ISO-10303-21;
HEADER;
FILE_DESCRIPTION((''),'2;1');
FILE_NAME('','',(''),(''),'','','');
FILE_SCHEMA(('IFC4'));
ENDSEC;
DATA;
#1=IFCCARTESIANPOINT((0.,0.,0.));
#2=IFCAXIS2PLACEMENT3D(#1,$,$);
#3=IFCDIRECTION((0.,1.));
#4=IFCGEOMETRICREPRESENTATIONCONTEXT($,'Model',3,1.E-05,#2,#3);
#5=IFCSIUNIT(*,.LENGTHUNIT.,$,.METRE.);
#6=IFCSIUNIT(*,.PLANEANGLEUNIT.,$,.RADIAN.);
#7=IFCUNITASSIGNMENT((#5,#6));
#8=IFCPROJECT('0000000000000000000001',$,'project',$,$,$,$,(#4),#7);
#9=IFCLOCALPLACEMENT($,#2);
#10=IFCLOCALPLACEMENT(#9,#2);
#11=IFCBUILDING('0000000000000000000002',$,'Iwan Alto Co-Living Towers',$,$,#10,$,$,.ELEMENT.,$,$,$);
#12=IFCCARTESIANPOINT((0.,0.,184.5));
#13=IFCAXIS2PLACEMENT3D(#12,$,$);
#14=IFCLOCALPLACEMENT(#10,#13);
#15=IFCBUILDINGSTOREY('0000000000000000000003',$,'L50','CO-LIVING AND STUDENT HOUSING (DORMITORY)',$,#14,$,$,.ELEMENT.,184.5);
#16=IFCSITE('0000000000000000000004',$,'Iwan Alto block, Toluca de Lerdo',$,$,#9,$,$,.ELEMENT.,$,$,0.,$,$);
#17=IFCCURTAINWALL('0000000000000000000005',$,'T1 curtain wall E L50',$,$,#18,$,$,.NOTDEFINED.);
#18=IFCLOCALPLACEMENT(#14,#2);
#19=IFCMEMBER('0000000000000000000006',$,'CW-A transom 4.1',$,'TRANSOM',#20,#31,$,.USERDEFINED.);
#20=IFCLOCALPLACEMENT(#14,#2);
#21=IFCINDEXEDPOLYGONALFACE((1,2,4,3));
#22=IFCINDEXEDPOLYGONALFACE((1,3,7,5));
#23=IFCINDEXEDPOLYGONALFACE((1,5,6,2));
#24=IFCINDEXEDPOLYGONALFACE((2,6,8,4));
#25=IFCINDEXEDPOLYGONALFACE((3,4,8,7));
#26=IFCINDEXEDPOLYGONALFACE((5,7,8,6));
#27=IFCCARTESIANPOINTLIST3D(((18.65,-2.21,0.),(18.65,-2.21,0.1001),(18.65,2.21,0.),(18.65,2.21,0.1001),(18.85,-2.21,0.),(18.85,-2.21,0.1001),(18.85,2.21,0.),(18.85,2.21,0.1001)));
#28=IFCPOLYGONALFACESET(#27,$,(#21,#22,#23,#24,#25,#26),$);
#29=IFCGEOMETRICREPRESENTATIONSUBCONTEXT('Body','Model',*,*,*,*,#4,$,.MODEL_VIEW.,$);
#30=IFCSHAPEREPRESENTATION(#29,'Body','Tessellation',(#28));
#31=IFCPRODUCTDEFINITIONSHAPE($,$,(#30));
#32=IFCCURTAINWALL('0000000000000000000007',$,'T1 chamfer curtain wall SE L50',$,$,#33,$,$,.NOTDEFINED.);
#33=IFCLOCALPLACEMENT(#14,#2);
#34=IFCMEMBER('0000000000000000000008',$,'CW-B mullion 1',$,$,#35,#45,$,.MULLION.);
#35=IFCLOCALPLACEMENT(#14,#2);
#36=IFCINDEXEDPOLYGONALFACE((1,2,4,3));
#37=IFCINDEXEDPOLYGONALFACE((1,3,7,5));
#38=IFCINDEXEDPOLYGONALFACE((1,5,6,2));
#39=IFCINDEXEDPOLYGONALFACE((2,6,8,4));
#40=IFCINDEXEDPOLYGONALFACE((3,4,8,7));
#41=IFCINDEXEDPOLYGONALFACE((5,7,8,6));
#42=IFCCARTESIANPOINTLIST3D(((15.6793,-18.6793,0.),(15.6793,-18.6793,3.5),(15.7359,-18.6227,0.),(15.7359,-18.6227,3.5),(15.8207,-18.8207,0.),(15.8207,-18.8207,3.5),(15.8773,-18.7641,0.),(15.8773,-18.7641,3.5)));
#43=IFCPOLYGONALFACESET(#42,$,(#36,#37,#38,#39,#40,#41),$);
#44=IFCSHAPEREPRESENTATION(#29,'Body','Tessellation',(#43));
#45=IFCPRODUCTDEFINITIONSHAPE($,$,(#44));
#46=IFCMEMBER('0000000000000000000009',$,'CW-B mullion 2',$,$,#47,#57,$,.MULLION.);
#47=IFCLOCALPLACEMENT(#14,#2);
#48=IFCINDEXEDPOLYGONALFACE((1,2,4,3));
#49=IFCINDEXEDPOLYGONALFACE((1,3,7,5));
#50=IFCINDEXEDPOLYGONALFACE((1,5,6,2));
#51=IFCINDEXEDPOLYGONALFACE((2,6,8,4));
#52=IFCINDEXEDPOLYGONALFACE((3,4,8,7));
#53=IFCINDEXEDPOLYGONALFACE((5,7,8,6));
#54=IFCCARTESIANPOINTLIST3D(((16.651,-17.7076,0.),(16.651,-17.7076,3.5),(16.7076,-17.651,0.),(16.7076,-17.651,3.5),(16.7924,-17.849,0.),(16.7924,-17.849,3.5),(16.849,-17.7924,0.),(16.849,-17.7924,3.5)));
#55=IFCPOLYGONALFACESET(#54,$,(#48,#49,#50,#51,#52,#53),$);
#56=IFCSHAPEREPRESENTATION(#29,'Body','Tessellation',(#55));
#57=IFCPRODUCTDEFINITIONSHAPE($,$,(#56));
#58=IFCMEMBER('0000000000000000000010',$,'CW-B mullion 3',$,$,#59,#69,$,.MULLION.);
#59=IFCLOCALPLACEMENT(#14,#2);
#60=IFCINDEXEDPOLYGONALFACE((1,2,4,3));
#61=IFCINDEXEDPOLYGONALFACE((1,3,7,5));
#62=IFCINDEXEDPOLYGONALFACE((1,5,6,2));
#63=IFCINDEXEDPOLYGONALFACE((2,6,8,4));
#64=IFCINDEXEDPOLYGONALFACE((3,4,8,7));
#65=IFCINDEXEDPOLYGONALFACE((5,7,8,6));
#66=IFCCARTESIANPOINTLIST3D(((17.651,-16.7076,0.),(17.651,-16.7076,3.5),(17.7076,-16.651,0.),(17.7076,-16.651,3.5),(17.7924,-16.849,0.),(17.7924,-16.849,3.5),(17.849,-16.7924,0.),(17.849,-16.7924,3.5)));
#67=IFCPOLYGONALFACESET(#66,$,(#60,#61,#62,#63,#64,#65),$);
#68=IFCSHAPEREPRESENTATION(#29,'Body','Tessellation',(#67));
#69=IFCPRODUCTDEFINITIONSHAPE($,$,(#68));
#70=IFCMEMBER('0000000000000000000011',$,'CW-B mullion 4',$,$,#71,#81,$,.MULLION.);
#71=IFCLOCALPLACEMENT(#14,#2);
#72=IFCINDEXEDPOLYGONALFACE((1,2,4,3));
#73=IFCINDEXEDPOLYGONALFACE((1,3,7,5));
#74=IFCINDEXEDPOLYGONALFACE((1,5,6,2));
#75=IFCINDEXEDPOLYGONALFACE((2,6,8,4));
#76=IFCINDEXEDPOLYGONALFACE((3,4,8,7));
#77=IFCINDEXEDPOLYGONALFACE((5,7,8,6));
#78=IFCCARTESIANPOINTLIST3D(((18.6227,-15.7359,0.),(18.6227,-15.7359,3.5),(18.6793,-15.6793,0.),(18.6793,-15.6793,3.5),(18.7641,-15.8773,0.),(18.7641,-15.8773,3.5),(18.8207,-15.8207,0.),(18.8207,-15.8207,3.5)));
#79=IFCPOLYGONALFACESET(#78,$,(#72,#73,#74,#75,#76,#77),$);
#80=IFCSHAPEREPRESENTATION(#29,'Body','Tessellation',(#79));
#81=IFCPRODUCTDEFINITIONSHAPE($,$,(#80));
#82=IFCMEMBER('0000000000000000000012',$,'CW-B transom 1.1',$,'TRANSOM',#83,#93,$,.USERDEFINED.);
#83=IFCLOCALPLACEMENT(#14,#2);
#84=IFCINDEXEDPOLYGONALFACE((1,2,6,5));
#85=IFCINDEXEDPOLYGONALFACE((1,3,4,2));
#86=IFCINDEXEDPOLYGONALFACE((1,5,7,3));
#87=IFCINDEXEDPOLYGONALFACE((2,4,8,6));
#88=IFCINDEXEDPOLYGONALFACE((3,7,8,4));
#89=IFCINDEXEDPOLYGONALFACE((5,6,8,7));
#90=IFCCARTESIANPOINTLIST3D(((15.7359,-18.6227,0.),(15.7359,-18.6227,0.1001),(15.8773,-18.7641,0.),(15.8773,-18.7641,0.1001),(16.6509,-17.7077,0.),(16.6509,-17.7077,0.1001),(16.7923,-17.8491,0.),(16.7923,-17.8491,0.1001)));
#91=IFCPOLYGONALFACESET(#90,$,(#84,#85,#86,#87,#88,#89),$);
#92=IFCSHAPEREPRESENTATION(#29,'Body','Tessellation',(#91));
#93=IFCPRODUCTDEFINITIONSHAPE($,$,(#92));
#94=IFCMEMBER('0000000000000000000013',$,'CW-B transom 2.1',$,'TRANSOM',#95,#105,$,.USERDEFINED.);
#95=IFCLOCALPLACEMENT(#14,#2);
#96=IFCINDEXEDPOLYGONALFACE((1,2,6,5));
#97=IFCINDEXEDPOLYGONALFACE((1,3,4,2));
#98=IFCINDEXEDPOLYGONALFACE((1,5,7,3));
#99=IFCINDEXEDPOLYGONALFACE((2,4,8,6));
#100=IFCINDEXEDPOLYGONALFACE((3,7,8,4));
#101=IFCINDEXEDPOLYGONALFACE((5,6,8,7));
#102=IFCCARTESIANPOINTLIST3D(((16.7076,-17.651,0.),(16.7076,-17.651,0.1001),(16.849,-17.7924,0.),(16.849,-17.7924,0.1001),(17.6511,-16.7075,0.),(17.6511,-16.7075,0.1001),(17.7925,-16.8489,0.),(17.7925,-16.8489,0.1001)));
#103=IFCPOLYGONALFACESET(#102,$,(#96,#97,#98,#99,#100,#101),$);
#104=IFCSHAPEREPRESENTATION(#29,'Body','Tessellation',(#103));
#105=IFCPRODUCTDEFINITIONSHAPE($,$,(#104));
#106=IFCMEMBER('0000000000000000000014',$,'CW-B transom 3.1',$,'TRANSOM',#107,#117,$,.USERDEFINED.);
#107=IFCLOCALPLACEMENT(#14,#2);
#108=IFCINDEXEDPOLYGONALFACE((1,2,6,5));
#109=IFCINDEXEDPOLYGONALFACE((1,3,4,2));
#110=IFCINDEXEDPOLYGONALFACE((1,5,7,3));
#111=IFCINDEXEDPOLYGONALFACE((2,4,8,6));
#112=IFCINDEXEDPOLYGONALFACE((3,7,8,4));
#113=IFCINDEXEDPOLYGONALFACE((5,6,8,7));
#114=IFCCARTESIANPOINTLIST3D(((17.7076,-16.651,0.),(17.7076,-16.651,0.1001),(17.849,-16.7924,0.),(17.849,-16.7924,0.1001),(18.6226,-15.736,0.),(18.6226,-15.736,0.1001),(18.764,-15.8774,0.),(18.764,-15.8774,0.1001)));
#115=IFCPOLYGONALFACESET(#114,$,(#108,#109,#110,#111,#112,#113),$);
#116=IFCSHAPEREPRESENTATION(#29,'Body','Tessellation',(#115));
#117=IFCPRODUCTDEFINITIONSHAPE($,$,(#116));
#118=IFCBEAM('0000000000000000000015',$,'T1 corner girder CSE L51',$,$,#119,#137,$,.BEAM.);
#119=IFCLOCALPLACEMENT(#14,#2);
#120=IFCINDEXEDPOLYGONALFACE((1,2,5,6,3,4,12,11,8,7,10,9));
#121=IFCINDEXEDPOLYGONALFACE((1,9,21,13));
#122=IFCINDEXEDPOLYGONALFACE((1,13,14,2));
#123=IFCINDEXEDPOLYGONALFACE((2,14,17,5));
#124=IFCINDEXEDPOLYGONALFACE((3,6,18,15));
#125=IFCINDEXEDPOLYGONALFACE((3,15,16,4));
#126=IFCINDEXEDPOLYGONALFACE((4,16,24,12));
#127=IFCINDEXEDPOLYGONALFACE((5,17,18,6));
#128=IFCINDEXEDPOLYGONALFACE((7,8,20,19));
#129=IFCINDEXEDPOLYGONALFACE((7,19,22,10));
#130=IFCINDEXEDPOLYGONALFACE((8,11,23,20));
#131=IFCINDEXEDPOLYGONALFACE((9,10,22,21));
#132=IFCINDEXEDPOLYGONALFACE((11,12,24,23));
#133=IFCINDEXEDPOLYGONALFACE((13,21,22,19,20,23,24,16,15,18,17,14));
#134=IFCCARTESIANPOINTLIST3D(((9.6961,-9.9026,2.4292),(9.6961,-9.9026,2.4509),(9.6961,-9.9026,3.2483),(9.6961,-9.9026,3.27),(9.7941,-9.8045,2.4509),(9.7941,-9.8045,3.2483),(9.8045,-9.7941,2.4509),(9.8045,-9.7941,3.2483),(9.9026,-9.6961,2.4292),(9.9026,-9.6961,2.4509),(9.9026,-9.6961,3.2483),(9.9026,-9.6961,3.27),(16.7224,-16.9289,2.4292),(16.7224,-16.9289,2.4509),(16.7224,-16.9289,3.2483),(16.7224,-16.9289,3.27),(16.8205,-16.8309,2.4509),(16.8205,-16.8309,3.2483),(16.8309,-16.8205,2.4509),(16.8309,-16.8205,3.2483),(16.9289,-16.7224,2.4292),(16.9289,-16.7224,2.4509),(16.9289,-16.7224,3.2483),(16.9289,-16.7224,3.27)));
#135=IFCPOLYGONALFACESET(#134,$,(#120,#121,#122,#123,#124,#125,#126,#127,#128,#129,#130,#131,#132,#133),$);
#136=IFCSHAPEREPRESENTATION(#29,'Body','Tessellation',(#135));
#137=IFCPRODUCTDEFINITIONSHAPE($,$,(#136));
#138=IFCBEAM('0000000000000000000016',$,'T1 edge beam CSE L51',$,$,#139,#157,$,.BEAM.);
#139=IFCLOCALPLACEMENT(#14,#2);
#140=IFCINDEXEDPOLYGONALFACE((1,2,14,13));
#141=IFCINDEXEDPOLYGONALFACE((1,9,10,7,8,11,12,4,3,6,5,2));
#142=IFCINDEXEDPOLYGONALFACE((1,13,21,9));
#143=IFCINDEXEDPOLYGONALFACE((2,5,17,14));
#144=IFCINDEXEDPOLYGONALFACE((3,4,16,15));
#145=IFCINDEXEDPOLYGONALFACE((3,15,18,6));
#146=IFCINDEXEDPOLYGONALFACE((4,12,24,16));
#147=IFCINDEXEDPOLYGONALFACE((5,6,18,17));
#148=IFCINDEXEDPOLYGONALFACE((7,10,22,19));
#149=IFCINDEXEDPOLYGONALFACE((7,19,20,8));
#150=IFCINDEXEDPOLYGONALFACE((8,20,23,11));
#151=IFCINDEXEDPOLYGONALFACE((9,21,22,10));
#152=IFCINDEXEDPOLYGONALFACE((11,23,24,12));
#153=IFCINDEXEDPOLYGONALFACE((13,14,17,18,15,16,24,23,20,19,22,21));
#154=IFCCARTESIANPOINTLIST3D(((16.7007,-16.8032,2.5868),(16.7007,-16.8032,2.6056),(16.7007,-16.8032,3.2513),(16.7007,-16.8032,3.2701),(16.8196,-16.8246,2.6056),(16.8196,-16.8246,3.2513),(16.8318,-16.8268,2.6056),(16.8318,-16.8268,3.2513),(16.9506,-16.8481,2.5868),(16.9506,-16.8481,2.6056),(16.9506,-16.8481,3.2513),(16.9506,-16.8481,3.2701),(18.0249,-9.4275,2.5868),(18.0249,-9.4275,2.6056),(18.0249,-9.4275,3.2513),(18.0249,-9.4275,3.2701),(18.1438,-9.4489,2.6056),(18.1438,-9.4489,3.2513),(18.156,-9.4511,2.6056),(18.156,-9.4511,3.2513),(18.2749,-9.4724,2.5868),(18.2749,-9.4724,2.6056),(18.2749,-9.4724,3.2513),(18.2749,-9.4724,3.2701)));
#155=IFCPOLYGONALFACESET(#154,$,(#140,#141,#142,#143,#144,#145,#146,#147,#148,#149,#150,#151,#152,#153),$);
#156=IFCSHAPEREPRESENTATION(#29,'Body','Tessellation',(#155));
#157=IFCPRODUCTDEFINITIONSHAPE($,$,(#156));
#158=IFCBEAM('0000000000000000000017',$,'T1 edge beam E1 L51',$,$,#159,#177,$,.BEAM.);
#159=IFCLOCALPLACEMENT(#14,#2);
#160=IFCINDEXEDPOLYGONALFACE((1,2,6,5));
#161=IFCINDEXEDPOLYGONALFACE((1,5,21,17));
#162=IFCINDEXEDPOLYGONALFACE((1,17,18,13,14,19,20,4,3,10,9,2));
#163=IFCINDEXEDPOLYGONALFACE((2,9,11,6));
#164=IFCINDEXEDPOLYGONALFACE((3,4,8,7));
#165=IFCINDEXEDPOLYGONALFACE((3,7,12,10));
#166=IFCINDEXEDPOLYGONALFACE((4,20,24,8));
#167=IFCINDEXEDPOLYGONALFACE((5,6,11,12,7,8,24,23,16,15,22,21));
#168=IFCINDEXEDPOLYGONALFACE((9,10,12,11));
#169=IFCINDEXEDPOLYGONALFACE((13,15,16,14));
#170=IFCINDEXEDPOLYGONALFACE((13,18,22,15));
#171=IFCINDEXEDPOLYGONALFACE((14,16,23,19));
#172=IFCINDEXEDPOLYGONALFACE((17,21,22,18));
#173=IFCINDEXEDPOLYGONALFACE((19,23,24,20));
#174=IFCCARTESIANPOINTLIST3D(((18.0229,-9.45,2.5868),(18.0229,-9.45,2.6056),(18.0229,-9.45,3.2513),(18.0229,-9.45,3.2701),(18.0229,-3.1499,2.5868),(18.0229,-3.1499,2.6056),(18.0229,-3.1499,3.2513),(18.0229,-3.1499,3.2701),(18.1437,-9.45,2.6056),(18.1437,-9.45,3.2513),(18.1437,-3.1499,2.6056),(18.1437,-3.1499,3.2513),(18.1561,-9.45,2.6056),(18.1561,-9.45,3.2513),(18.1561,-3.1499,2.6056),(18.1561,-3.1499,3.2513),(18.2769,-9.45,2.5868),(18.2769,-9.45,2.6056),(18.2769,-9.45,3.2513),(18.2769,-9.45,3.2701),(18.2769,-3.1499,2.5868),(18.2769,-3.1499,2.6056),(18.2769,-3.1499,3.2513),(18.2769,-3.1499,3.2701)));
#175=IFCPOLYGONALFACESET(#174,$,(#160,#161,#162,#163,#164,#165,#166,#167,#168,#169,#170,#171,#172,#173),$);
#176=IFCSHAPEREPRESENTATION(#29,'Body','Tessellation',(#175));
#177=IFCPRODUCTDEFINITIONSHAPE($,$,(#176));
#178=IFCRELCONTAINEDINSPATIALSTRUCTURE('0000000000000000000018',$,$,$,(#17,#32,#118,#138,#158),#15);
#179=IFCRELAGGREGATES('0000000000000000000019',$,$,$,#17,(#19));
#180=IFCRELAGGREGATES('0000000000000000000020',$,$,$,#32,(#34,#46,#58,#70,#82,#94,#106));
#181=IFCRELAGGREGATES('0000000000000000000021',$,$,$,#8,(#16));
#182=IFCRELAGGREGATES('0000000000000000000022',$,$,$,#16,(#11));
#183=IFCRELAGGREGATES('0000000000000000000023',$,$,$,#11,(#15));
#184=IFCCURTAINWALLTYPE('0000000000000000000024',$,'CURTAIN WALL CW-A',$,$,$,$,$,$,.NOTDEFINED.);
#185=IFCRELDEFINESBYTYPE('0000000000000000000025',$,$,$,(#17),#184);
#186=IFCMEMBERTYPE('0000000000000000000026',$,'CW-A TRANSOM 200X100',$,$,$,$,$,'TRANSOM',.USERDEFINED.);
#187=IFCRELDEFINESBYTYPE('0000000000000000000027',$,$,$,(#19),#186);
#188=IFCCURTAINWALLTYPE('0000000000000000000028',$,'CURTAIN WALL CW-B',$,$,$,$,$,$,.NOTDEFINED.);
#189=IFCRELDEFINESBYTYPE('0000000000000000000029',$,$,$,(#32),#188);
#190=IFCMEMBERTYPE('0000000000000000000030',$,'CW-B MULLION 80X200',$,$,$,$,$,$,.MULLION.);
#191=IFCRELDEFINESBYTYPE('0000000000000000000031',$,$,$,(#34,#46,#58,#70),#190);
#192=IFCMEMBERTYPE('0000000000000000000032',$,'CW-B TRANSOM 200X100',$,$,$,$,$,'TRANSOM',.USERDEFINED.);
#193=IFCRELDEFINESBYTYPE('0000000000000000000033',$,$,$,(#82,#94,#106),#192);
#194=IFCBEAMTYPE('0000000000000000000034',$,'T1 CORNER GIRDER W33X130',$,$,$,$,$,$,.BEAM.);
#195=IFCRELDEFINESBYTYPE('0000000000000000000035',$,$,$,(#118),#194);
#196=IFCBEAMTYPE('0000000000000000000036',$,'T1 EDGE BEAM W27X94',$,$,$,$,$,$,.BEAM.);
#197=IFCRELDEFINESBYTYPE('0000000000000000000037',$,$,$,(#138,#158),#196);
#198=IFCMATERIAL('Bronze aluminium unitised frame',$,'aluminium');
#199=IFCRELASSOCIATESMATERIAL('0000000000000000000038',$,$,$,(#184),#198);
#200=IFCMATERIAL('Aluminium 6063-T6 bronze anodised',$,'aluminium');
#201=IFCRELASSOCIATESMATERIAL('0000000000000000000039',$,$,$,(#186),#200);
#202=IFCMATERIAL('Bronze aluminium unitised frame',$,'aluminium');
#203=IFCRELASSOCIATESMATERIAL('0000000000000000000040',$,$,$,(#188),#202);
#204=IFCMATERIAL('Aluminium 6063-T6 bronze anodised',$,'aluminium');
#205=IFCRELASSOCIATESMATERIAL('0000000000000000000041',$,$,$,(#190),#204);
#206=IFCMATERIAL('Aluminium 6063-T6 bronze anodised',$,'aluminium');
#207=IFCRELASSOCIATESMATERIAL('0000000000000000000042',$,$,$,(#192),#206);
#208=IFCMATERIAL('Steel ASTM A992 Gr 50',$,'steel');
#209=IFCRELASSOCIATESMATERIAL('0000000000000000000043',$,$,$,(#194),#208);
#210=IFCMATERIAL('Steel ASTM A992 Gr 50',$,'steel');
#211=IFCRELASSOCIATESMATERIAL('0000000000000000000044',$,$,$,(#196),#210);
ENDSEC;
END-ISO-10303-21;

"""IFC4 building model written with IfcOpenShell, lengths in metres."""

from ifc_helpers import new_model, si_unit, direction, frame, origin, origin_2d, place, context, subcontext, project, spatial, rectangle, i_section, extrude, material, material_profile, profile_set, type_object, element, aggregate, save


model = new_model("IFC4")

# Units and contexts
model_context = context("Model", 3, precision=1e-05, world=origin(), true_north=direction((0.0, 1.0)))
body_context = subcontext(model_context, "Body", "Model", "MODEL_VIEW")
ifc_project = project(units=[si_unit("LENGTHUNIT", "METRE"), si_unit("PLANEANGLEUNIT", "RADIAN")], contexts=[model_context])

# Site, building, storey
site_placement = place(None, origin())
site = spatial("IfcSite", under=ifc_project, at=site_placement, Name="Iwan Alto block, Toluca de Lerdo", CompositionType="ELEMENT", RefElevation=0.0)
building_placement = place(site_placement, origin())
building = spatial("IfcBuilding", under=site, at=building_placement, Name="Iwan Alto Co-Living Towers", CompositionType="ELEMENT")
storey_placement = place(building_placement, frame((0.0, 0.0, 184.5)))
storey = spatial("IfcBuildingStorey", under=building, at=storey_placement, Name="L50", Description="CO-LIVING AND STUDENT HOUSING (DORMITORY)", CompositionType="ELEMENT", Elevation=184.5)

# Shared definitions
ifc_material_1 = material(Name="Bronze aluminium unitised frame", Category="aluminium")
curtain_wall_type_1 = type_object("IfcCurtainWallType", Name="CURTAIN WALL CW-A", PredefinedType="NOTDEFINED", material=ifc_material_1)

# Curtain walls, members
curtain_wall_1_placement = place(storey_placement, origin())
curtain_wall_1 = element("IfcCurtainWall", 1, at=curtain_wall_1_placement, inside=storey, type_object=curtain_wall_type_1, Name="T1 curtain wall E L50", PredefinedType="NOTDEFINED")
ifc_material_2 = material(Name="Aluminium 6063-T6 bronze anodised", Category="aluminium")
ifc_material_profile_1 = material_profile(ifc_material_2, rectangle(XDim=0.2, YDim=0.1001, at=origin_2d()), Name="AL 200X100")
ifc_profile_set_1 = profile_set([ifc_material_profile_1], Name="Aluminium 6063-T6 bronze anodised")
member_type_1 = type_object("IfcMemberType", Name="CW-A TRANSOM 200X100", ElementType="TRANSOM", PredefinedType="USERDEFINED", material=ifc_profile_set_1)
member_1_placement = place(storey_placement, frame((18.75, -2.21, 0.05), z_axis=(0.0, 1.0, 0.0), x_axis=(-1.0, 0.0, 0.0)))
member_1 = element("IfcMember", 2, at=member_1_placement, type_object=member_type_1, Name="CW-A transom 4.1", ObjectType="TRANSOM", PredefinedType="USERDEFINED", context=body_context, shape_type="SweptSolid", body=[
    extrude(rectangle(XDim=0.2, YDim=0.1001, at=origin_2d()), origin(), (0.0, 0.0, 1.0), 4.4199),
])
ifc_material_3 = material(Name="Bronze aluminium unitised frame", Category="aluminium")
curtain_wall_type_2 = type_object("IfcCurtainWallType", Name="CURTAIN WALL CW-B", PredefinedType="NOTDEFINED", material=ifc_material_3)
curtain_wall_2_placement = place(storey_placement, origin())
curtain_wall_2 = element("IfcCurtainWall", 3, at=curtain_wall_2_placement, inside=storey, type_object=curtain_wall_type_2, Name="T1 chamfer curtain wall SE L50", PredefinedType="NOTDEFINED")
ifc_material_4 = material(Name="Aluminium 6063-T6 bronze anodised", Category="aluminium")
ifc_material_profile_2 = material_profile(ifc_material_4, rectangle(XDim=0.2, YDim=0.0801, at=origin_2d()), Name="AL 80X200")
ifc_profile_set_2 = profile_set([ifc_material_profile_2], Name="Aluminium 6063-T6 bronze anodised")
member_type_2 = type_object("IfcMemberType", Name="CW-B MULLION 80X200", PredefinedType="MULLION", material=ifc_profile_set_2)
member_2_placement = place(storey_placement, frame((15.7783, -18.7217, 0.0), z_axis=(0.0, 0.0, 1.0), x_axis=(-0.707107, 0.707107, 0.0)))
member_2 = element("IfcMember", 4, at=member_2_placement, type_object=member_type_2, Name="CW-B mullion 1", PredefinedType="MULLION", context=body_context, shape_type="SweptSolid", body=[
    extrude(rectangle(XDim=0.2, YDim=0.0801, at=origin_2d()), origin(), (0.0, 0.0, 1.0), 3.5),
])
member_3_placement = place(storey_placement, frame((16.75, -17.75, 0.0), z_axis=(0.0, 0.0, 1.0), x_axis=(-0.707107, 0.707107, 0.0)))
member_3 = element("IfcMember", 5, at=member_3_placement, type_object=member_type_2, Name="CW-B mullion 2", PredefinedType="MULLION", context=body_context, shape_type="SweptSolid", body=[
    extrude(rectangle(XDim=0.2, YDim=0.0801, at=origin_2d()), origin(), (0.0, 0.0, 1.0), 3.5),
])
member_4_placement = place(storey_placement, frame((17.75, -16.75, 0.0), z_axis=(0.0, 0.0, 1.0), x_axis=(-0.707107, 0.707107, 0.0)))
member_4 = element("IfcMember", 6, at=member_4_placement, type_object=member_type_2, Name="CW-B mullion 3", PredefinedType="MULLION", context=body_context, shape_type="SweptSolid", body=[
    extrude(rectangle(XDim=0.2, YDim=0.0801, at=origin_2d()), origin(), (0.0, 0.0, 1.0), 3.5),
])
member_5_placement = place(storey_placement, frame((18.7217, -15.7783, 0.0), z_axis=(0.0, 0.0, 1.0), x_axis=(-0.707107, 0.707107, 0.0)))
member_5 = element("IfcMember", 7, at=member_5_placement, type_object=member_type_2, Name="CW-B mullion 4", PredefinedType="MULLION", context=body_context, shape_type="SweptSolid", body=[
    extrude(rectangle(XDim=0.2, YDim=0.0801, at=origin_2d()), origin(), (0.0, 0.0, 1.0), 3.5),
])
ifc_material_5 = material(Name="Aluminium 6063-T6 bronze anodised", Category="aluminium")
ifc_material_profile_3 = material_profile(ifc_material_5, rectangle(XDim=0.2, YDim=0.1001, at=origin_2d()), Name="AL 200X100")
ifc_profile_set_3 = profile_set([ifc_material_profile_3], Name="Aluminium 6063-T6 bronze anodised")
member_type_3 = type_object("IfcMemberType", Name="CW-B TRANSOM 200X100", ElementType="TRANSOM", PredefinedType="USERDEFINED", material=ifc_profile_set_3)
member_6_placement = place(storey_placement, frame((15.8066, -18.6934, 0.05), z_axis=(0.707107, 0.707107, 0.0), x_axis=(-0.707107, 0.707107, 0.0)))
member_6 = element("IfcMember", 8, at=member_6_placement, type_object=member_type_3, Name="CW-B transom 1.1", ObjectType="TRANSOM", PredefinedType="USERDEFINED", context=body_context, shape_type="SweptSolid", body=[
    extrude(rectangle(XDim=0.2, YDim=0.1001, at=origin_2d()), origin(), (0.0, 0.0, 1.0), 1.2939),
])
member_7_placement = place(storey_placement, frame((16.7783, -17.7217, 0.05), z_axis=(0.707107, 0.707107, 0.0), x_axis=(-0.707107, 0.707107, 0.0)))
member_7 = element("IfcMember", 9, at=member_7_placement, type_object=member_type_3, Name="CW-B transom 2.1", ObjectType="TRANSOM", PredefinedType="USERDEFINED", context=body_context, shape_type="SweptSolid", body=[
    extrude(rectangle(XDim=0.2, YDim=0.1001, at=origin_2d()), origin(), (0.0, 0.0, 1.0), 1.3342),
])
member_8_placement = place(storey_placement, frame((17.7783, -16.7217, 0.05), z_axis=(0.707107, 0.707107, 0.0), x_axis=(-0.707107, 0.707107, 0.0)))
member_8 = element("IfcMember", 10, at=member_8_placement, type_object=member_type_3, Name="CW-B transom 3.1", ObjectType="TRANSOM", PredefinedType="USERDEFINED", context=body_context, shape_type="SweptSolid", body=[
    extrude(rectangle(XDim=0.2, YDim=0.1001, at=origin_2d()), origin(), (0.0, 0.0, 1.0), 1.2939),
])

# Beams
ifc_material_6 = material(Name="Steel ASTM A992 Gr 50", Category="steel")
ifc_material_profile_4 = material_profile(ifc_material_6, i_section(OverallWidth=0.292, OverallDepth=0.8408, WebThickness=0.0146, FlangeThickness=0.0217, at=origin_2d()), Name="W33X130")
ifc_profile_set_4 = profile_set([ifc_material_profile_4], Name="Steel ASTM A992 Gr 50")
beam_type_1 = type_object("IfcBeamType", Name="T1 CORNER GIRDER W33X130", PredefinedType="BEAM", material=ifc_profile_set_4)
beam_1_placement = place(storey_placement, frame((16.8257, -16.8257, 2.8496), z_axis=(-0.707107, 0.707107, 0.0), x_axis=(-0.707107, -0.707107, 0.0)))
element("IfcBeam", 11, at=beam_1_placement, inside=storey, type_object=beam_type_1, Name="T1 corner girder CSE L51", PredefinedType="BEAM", context=body_context, shape_type="SweptSolid", body=[
    extrude(i_section(OverallWidth=0.292, OverallDepth=0.8408, WebThickness=0.0146, FlangeThickness=0.0217, at=origin_2d()), origin(), (0.0, 0.0, 1.0), 9.9368),
])
ifc_material_7 = material(Name="Steel ASTM A992 Gr 50", Category="steel")
ifc_material_profile_5 = material_profile(ifc_material_7, i_section(OverallWidth=0.2539, OverallDepth=0.6833, WebThickness=0.0125, FlangeThickness=0.0188, at=origin_2d()), Name="W27X94")
ifc_profile_set_5 = profile_set([ifc_material_profile_5], Name="Steel ASTM A992 Gr 50")
beam_type_2 = type_object("IfcBeamType", Name="T1 EDGE BEAM W27X94", PredefinedType="BEAM", material=ifc_profile_set_5)
beam_2_placement = place(storey_placement, frame((16.8257, -16.8257, 2.9285), z_axis=(0.176712, 0.984263, 0.0), x_axis=(-0.984263, 0.176712, 0.0)))
element("IfcBeam", 12, at=beam_2_placement, inside=storey, type_object=beam_type_2, Name="T1 edge beam CSE L51", PredefinedType="BEAM", context=body_context, shape_type="SweptSolid", body=[
    extrude(i_section(OverallWidth=0.2539, OverallDepth=0.6833, WebThickness=0.0125, FlangeThickness=0.0188, at=origin_2d()), origin(), (0.0, 0.0, 1.0), 7.4937),
])
beam_3_placement = place(storey_placement, frame((18.1499, -9.45, 2.9285), z_axis=(0.0, 1.0, 0.0), x_axis=(-1.0, 0.0, 0.0)))
element("IfcBeam", 13, at=beam_3_placement, inside=storey, type_object=beam_type_2, Name="T1 edge beam E1 L51", PredefinedType="BEAM", context=body_context, shape_type="SweptSolid", body=[
    extrude(i_section(OverallWidth=0.2539, OverallDepth=0.6833, WebThickness=0.0125, FlangeThickness=0.0188, at=origin_2d()), origin(), (0.0, 0.0, 1.0), 6.3),
])

aggregate(curtain_wall_1, [member_1])
aggregate(curtain_wall_2, [member_2, member_3, member_4, member_5, member_6, member_7, member_8])

save(model, "model.ifc")
